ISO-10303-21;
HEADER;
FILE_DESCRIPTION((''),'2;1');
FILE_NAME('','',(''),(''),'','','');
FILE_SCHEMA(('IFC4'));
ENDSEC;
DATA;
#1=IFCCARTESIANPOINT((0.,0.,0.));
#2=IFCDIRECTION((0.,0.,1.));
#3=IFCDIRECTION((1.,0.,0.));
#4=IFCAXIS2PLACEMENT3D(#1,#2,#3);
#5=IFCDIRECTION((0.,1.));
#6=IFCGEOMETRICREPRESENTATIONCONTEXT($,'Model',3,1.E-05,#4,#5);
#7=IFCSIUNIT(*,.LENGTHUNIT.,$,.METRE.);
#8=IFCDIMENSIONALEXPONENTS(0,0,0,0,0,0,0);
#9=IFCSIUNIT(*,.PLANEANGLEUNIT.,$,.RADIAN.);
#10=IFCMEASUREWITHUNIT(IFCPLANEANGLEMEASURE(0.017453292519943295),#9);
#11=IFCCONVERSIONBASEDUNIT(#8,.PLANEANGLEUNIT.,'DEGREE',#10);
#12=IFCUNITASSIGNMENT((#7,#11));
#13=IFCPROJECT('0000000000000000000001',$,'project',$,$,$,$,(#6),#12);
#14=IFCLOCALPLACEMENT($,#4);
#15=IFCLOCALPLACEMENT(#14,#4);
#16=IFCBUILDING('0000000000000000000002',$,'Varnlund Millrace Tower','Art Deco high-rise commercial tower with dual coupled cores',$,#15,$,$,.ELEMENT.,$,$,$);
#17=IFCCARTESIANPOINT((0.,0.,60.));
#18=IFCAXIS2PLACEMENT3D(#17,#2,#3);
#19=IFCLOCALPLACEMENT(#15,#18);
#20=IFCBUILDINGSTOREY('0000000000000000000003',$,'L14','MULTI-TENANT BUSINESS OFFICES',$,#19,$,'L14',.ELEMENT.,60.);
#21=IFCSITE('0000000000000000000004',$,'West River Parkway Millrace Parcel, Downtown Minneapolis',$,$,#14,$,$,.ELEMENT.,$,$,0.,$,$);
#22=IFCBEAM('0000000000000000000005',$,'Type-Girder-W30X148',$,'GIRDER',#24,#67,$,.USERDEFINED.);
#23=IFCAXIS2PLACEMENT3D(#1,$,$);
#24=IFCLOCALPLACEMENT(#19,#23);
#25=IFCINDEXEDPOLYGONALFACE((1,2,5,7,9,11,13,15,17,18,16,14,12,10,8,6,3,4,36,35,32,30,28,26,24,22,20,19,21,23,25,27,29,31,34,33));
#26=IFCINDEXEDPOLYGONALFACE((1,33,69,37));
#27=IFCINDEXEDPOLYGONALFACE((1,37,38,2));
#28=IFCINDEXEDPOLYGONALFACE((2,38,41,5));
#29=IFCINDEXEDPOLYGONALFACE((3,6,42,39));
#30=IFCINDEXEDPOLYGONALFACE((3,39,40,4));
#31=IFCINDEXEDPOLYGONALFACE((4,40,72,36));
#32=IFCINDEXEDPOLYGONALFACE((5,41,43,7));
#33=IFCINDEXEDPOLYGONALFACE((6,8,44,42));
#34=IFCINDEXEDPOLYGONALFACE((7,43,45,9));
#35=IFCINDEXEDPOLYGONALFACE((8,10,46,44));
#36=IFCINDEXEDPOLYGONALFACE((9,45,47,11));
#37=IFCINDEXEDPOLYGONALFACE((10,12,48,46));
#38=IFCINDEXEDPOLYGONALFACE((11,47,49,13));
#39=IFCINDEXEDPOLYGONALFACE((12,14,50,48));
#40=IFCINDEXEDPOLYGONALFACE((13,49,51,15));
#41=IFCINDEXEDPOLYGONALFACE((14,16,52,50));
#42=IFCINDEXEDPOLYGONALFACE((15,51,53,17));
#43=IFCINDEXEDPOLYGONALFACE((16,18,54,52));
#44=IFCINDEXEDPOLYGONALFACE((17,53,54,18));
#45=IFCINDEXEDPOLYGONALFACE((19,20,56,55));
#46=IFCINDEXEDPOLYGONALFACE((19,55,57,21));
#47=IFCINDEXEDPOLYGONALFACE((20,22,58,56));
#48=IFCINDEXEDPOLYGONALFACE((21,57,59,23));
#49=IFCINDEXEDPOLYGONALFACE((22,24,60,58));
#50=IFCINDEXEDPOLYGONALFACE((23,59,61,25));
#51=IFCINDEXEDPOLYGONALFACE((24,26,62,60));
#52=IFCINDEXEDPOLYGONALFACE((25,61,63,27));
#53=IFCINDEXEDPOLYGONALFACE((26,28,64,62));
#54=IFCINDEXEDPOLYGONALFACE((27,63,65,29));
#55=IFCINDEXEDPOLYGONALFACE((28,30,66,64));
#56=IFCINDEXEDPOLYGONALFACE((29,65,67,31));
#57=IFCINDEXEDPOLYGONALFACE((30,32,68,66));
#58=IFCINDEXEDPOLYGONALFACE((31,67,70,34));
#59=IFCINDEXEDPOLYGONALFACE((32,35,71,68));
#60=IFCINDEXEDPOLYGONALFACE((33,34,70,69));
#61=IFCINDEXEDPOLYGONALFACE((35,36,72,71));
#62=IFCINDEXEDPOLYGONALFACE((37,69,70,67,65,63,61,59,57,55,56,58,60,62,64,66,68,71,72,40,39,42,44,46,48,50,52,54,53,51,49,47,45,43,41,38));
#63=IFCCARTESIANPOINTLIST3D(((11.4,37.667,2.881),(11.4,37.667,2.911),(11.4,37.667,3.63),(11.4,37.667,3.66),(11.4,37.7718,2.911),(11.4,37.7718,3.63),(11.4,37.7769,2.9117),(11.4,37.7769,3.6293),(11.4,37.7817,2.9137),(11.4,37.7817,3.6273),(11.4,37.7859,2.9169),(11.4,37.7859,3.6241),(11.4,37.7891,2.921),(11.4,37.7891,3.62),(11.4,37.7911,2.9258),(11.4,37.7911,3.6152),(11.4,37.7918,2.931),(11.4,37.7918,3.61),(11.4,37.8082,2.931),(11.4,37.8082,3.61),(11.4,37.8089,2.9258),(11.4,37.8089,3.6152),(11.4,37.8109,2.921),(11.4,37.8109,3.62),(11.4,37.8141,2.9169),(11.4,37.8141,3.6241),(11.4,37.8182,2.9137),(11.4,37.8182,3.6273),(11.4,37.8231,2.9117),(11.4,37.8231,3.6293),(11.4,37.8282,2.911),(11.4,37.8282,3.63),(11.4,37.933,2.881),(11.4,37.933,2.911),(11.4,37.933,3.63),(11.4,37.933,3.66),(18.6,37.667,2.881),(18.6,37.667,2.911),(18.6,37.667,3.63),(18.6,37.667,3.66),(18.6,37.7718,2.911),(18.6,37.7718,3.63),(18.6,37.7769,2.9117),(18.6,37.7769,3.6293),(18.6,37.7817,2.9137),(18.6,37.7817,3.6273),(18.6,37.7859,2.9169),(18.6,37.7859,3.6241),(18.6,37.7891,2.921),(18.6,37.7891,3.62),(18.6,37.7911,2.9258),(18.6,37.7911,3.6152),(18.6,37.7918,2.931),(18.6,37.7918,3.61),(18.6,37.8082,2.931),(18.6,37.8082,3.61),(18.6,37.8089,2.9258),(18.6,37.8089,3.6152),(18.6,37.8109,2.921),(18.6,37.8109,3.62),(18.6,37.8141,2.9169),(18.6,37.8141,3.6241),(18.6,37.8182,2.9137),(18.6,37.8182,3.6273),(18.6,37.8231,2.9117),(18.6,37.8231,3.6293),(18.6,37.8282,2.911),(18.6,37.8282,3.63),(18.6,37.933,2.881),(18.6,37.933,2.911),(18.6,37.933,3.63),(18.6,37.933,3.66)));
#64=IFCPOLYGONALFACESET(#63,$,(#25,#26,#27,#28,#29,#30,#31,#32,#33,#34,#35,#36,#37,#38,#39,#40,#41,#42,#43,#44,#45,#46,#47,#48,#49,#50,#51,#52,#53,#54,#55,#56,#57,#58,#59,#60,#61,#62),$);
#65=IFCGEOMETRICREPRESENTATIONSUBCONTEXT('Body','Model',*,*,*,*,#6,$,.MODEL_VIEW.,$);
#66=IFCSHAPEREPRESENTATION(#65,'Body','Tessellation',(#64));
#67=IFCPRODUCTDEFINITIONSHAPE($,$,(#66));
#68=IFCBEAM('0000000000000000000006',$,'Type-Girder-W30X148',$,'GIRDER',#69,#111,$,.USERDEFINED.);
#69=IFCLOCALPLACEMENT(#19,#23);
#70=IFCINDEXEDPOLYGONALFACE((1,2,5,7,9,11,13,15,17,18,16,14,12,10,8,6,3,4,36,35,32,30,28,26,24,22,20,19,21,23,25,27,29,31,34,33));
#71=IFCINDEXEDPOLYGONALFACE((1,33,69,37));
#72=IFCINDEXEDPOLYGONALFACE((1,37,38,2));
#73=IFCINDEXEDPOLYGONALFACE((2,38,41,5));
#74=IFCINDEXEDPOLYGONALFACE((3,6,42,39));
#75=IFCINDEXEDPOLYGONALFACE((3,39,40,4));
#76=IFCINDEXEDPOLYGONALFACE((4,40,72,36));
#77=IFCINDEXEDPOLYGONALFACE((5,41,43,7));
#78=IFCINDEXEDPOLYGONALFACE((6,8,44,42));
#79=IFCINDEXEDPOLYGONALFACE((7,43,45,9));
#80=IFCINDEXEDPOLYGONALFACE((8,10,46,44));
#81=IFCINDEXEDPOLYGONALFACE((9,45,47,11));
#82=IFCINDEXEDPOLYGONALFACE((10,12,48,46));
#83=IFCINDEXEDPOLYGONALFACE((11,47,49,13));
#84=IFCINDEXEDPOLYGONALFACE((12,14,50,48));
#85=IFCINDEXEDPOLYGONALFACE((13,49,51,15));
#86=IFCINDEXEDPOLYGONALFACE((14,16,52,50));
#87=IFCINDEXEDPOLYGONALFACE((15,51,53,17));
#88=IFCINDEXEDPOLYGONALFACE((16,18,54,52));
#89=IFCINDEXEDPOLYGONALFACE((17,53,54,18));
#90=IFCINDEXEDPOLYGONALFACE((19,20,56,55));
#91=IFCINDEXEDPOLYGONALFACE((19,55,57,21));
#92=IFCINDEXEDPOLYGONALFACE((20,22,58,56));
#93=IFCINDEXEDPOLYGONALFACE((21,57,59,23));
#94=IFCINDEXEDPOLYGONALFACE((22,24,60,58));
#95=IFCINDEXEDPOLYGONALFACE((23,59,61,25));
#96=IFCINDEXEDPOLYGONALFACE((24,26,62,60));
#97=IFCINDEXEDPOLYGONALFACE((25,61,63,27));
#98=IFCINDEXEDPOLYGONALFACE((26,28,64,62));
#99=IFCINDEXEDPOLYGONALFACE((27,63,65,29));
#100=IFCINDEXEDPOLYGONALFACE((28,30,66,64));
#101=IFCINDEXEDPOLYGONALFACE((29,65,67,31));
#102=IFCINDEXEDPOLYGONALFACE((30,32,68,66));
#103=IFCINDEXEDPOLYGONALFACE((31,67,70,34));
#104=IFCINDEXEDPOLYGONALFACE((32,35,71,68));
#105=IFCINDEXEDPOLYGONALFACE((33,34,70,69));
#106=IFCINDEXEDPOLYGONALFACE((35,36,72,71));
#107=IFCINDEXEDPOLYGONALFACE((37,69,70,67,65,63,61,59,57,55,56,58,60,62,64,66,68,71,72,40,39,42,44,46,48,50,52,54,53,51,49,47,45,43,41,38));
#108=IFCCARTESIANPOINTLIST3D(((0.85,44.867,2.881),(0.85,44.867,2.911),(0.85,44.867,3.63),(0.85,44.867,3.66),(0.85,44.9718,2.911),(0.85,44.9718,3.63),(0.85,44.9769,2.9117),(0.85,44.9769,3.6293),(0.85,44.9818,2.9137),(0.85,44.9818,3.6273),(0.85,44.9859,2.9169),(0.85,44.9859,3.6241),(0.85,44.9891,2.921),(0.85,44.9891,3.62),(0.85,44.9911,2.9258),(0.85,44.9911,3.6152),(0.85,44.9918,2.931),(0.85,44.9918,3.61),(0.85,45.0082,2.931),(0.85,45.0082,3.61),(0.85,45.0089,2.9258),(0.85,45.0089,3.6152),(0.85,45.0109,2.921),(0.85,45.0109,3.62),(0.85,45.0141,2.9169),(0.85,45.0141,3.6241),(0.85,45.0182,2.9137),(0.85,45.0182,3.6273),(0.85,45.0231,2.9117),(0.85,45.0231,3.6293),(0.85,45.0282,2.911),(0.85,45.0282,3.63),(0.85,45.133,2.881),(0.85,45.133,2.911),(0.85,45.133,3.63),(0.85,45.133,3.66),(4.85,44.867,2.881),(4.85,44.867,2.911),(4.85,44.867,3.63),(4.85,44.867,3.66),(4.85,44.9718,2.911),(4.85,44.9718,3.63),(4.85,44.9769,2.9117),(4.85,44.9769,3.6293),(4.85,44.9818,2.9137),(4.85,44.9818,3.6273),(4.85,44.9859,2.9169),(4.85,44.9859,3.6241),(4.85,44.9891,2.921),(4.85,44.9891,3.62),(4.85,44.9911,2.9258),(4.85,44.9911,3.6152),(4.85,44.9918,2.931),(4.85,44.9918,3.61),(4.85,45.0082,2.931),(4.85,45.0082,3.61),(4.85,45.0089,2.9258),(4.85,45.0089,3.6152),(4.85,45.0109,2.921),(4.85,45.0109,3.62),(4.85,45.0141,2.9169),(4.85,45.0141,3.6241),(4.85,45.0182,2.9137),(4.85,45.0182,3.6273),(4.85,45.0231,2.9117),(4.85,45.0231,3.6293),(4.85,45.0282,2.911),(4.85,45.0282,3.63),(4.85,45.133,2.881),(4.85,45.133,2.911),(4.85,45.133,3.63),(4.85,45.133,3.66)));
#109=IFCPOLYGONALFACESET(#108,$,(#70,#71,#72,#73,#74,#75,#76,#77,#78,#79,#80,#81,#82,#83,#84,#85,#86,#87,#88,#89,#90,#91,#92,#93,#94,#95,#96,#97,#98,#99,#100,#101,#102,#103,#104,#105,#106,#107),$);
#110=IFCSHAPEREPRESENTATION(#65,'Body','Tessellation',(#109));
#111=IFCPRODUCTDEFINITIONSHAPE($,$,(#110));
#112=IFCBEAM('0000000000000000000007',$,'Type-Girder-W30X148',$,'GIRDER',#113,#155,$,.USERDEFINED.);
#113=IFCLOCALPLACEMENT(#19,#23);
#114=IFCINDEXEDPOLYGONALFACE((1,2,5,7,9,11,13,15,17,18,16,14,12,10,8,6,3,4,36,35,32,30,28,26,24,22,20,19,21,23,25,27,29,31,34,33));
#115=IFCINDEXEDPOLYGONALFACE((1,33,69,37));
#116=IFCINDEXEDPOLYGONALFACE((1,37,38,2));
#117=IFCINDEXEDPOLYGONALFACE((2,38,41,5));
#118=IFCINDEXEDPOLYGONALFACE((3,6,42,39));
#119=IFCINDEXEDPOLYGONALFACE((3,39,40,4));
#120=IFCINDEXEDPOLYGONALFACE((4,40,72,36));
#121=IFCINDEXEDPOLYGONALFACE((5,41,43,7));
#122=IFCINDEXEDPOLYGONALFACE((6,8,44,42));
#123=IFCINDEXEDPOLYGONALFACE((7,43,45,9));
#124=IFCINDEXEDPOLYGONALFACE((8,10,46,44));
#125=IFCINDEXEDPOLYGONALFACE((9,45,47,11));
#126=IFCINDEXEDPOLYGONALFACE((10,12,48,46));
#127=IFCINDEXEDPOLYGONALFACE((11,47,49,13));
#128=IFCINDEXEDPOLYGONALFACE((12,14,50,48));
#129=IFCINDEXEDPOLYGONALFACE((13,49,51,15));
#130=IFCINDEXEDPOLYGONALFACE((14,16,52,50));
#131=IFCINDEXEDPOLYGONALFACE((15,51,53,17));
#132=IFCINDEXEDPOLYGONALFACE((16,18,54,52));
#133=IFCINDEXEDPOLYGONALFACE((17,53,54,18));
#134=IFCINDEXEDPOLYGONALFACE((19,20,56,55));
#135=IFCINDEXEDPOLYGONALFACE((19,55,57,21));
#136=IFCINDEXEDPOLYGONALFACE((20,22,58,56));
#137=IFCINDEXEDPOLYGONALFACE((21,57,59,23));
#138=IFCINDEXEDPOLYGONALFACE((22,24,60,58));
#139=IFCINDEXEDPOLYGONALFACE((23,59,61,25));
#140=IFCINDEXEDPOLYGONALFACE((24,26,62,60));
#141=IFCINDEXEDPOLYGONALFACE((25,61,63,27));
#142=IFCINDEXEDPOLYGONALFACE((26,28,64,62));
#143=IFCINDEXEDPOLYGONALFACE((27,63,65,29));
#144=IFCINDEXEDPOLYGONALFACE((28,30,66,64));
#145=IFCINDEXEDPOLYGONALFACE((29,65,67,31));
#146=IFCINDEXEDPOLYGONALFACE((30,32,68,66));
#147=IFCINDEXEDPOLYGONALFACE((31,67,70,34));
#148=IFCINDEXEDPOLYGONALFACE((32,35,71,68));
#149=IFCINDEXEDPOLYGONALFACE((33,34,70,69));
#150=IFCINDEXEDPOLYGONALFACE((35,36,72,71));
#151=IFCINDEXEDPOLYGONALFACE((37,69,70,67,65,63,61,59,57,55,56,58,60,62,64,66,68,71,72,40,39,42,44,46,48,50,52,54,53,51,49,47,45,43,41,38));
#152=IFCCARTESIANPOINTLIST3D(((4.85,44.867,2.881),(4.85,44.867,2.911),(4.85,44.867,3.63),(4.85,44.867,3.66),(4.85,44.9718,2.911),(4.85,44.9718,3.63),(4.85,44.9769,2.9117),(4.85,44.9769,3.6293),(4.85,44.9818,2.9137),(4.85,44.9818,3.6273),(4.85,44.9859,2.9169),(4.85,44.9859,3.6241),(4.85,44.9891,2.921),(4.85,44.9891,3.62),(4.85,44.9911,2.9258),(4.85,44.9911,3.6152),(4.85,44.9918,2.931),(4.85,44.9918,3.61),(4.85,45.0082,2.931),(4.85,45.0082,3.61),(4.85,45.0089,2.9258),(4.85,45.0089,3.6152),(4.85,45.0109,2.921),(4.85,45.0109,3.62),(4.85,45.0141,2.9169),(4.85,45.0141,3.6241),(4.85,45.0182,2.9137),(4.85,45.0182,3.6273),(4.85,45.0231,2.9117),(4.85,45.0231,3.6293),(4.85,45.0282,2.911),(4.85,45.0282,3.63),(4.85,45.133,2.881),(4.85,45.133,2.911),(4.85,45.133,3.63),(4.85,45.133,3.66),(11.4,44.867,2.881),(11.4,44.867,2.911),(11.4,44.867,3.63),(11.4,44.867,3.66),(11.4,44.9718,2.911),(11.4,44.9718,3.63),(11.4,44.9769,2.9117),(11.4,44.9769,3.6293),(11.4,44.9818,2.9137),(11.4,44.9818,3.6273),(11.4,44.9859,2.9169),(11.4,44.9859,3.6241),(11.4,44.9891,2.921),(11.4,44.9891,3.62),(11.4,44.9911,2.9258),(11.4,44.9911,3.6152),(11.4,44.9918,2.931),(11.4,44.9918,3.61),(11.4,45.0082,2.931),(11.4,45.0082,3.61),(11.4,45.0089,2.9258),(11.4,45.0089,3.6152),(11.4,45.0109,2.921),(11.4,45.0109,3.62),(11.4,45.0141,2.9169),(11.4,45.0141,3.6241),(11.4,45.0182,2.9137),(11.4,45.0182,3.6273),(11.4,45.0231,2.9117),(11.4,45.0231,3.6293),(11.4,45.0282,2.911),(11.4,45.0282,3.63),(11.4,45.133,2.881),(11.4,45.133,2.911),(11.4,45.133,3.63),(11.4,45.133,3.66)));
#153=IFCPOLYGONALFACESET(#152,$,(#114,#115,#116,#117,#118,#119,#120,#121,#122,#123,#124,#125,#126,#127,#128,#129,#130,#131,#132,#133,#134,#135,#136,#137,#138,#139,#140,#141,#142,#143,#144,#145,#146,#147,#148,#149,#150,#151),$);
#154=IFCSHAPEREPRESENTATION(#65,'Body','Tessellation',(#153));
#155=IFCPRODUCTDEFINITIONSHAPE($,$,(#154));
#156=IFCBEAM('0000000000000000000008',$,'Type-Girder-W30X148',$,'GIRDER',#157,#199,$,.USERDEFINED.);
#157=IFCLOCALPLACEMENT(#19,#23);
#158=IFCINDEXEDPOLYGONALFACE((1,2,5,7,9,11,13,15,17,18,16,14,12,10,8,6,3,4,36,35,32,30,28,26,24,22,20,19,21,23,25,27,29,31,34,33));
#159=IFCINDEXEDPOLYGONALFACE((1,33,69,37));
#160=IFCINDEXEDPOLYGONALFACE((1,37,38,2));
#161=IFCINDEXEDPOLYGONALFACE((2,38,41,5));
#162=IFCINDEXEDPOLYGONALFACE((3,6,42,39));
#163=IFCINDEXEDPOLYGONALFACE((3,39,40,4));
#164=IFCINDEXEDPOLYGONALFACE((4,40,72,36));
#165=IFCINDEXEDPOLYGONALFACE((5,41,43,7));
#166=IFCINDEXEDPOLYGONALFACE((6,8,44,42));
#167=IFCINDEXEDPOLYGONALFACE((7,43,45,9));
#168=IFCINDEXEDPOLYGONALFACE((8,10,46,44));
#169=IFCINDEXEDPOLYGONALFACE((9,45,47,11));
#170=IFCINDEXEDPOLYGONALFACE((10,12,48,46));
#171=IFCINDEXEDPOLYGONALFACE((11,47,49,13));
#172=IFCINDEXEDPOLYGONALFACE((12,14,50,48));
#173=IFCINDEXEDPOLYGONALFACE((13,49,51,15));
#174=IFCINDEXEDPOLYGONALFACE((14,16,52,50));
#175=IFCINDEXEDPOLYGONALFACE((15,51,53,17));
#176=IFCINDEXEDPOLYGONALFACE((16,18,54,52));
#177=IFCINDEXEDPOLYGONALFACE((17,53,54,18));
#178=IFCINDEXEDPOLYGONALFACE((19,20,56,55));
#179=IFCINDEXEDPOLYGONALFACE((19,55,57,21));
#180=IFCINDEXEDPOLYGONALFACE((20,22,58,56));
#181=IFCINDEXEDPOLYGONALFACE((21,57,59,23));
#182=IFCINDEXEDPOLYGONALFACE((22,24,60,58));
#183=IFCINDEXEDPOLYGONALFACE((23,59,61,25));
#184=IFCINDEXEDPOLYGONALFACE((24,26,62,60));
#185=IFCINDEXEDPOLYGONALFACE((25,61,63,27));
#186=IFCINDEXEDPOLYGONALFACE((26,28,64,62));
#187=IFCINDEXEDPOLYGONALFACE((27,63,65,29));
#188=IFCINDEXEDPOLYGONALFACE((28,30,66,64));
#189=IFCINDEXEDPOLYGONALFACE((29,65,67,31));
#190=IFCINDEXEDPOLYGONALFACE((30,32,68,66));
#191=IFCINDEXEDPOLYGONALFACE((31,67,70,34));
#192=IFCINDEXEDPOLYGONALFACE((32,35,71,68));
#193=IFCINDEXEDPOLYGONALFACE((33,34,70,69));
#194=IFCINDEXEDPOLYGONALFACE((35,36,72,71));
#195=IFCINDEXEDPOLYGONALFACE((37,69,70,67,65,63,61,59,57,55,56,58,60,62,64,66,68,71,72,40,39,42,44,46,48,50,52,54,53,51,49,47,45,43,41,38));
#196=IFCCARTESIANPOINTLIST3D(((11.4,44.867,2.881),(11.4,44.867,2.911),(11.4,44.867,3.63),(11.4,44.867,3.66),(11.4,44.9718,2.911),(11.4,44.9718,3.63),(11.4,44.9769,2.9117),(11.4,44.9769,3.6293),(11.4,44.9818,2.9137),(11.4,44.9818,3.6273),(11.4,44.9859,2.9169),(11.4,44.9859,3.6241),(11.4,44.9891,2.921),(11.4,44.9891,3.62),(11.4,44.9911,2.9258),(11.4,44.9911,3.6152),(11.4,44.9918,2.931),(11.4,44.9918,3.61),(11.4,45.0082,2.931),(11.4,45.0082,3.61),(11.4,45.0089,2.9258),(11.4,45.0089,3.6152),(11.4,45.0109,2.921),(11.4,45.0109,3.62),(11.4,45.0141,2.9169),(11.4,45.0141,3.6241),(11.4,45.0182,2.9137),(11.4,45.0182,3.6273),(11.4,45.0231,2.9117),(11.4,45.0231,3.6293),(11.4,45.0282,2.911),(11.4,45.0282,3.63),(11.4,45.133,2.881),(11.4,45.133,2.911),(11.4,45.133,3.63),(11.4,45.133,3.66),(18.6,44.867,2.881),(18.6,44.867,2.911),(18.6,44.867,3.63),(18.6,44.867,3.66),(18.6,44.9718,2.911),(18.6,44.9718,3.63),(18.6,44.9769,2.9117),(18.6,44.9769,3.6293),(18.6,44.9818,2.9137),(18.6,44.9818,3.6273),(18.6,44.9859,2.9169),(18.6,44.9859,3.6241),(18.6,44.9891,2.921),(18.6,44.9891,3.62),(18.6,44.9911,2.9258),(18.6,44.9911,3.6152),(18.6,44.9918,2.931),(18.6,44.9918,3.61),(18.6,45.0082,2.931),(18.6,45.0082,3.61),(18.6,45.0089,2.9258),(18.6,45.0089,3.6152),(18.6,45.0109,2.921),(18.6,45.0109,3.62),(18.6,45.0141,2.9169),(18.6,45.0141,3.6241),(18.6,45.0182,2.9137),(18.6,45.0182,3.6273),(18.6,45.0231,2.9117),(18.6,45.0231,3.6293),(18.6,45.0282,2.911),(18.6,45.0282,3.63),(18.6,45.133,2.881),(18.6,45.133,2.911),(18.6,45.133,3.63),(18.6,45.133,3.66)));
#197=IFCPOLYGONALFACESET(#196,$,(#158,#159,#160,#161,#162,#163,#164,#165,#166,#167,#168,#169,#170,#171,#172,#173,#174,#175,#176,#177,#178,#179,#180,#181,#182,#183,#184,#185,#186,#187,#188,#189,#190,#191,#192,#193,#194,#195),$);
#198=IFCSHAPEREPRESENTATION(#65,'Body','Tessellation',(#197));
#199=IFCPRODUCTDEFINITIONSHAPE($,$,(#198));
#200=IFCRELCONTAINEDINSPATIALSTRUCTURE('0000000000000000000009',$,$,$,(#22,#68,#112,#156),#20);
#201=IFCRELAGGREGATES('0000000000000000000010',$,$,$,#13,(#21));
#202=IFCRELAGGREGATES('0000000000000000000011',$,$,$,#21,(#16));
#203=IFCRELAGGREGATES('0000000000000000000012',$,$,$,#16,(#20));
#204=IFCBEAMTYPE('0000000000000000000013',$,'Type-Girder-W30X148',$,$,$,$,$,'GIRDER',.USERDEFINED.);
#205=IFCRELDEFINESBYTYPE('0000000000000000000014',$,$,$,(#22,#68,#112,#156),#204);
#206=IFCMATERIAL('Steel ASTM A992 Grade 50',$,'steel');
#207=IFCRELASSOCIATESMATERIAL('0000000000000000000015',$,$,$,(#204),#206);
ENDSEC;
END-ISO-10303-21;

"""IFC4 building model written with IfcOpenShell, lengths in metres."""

from ifc_helpers import new_model, entity, si_unit, converted_unit, direction, frame, origin_with_axes, origin_2d_with_axis, place, context, subcontext, project, spatial, i_section, extrude, material, material_profile, profile_set, type_object, element, save


model = new_model("IFC4")

# Units and contexts
model_context = context("Model", 3, precision=1e-05, world=origin_with_axes(), true_north=direction((0.0, 1.0)))
body_context = subcontext(model_context, "Body", "Model", "MODEL_VIEW")
ifc_project = project(units=[si_unit("LENGTHUNIT", "METRE"), converted_unit("PLANEANGLEUNIT", "DEGREE", entity("IfcPlaneAngleMeasure", 0.017453292519943295), si_unit("PLANEANGLEUNIT", "RADIAN"), dimensions=[0, 0, 0, 0, 0, 0, 0])], contexts=[model_context])

# Site, building, storey
site_placement = place(None, origin_with_axes())
site = spatial("IfcSite", under=ifc_project, at=site_placement, Name="West River Parkway Millrace Parcel, Downtown Minneapolis", CompositionType="ELEMENT", RefElevation=0.0)
building_placement = place(site_placement, origin_with_axes())
building = spatial("IfcBuilding", under=site, at=building_placement, Name="Varnlund Millrace Tower", Description="Art Deco high-rise commercial tower with dual coupled cores", CompositionType="ELEMENT")
storey_placement = place(building_placement, frame((0.0, 0.0, 60.0), z_axis=(0.0, 0.0, 1.0), x_axis=(1.0, 0.0, 0.0)))
storey = spatial("IfcBuildingStorey", under=building, at=storey_placement, Name="L14", Description="MULTI-TENANT BUSINESS OFFICES", LongName="L14", CompositionType="ELEMENT", Elevation=60.0)

# Beams
ifc_material_1 = material(Name="Steel ASTM A992 Grade 50", Category="steel")
ifc_material_profile_1 = material_profile(ifc_material_1, i_section(OverallWidth=0.266, OverallDepth=0.779, WebThickness=0.0165, FlangeThickness=0.03, FilletRadius=0.02, at=origin_2d_with_axis()), Name="Steel ASTM A992 Grade 50")
ifc_profile_set_1 = profile_set([ifc_material_profile_1], Name="Steel ASTM A992 Grade 50")
beam_type_1 = type_object("IfcBeamType", Name="Type-Girder-W30X148", ElementType="GIRDER", PredefinedType="USERDEFINED", material=ifc_profile_set_1)
beam_1_placement = place(storey_placement, frame((11.4, 37.8, 3.2705), z_axis=(1.0, 0.0, 0.0), x_axis=(0.0, 1.0, 0.0)))
element("IfcBeam", 1, at=beam_1_placement, inside=storey, type_object=beam_type_1, Name="Type-Girder-W30X148", ObjectType="GIRDER", PredefinedType="USERDEFINED", context=body_context, shape_type="SweptSolid", body=[
    extrude(i_section(OverallWidth=0.266, OverallDepth=0.779, WebThickness=0.0165, FlangeThickness=0.03, FilletRadius=0.02, at=origin_2d_with_axis()), origin_with_axes(), (0.0, 0.0, 1.0), 7.2),
])
beam_2_placement = place(storey_placement, frame((0.85, 45.0, 3.2705), z_axis=(1.0, 0.0, 0.0), x_axis=(0.0, 1.0, 0.0)))
element("IfcBeam", 2, at=beam_2_placement, inside=storey, type_object=beam_type_1, Name="Type-Girder-W30X148", ObjectType="GIRDER", PredefinedType="USERDEFINED", context=body_context, shape_type="SweptSolid", body=[
    extrude(i_section(OverallWidth=0.266, OverallDepth=0.779, WebThickness=0.0165, FlangeThickness=0.03, FilletRadius=0.02, at=origin_2d_with_axis()), origin_with_axes(), (0.0, 0.0, 1.0), 4.0),
])
beam_3_placement = place(storey_placement, frame((4.85, 45.0, 3.2705), z_axis=(1.0, 0.0, 0.0), x_axis=(0.0, 1.0, 0.0)))
element("IfcBeam", 3, at=beam_3_placement, inside=storey, type_object=beam_type_1, Name="Type-Girder-W30X148", ObjectType="GIRDER", PredefinedType="USERDEFINED", context=body_context, shape_type="SweptSolid", body=[
    extrude(i_section(OverallWidth=0.266, OverallDepth=0.779, WebThickness=0.0165, FlangeThickness=0.03, FilletRadius=0.02, at=origin_2d_with_axis()), origin_with_axes(), (0.0, 0.0, 1.0), 6.55),
])
beam_4_placement = place(storey_placement, frame((11.4, 45.0, 3.2705), z_axis=(1.0, 0.0, 0.0), x_axis=(0.0, 1.0, 0.0)))
element("IfcBeam", 4, at=beam_4_placement, inside=storey, type_object=beam_type_1, Name="Type-Girder-W30X148", ObjectType="GIRDER", PredefinedType="USERDEFINED", context=body_context, shape_type="SweptSolid", body=[
    extrude(i_section(OverallWidth=0.266, OverallDepth=0.779, WebThickness=0.0165, FlangeThickness=0.03, FilletRadius=0.02, at=origin_2d_with_axis()), origin_with_axes(), (0.0, 0.0, 1.0), 7.2),
])

save(model, "model.ifc")
